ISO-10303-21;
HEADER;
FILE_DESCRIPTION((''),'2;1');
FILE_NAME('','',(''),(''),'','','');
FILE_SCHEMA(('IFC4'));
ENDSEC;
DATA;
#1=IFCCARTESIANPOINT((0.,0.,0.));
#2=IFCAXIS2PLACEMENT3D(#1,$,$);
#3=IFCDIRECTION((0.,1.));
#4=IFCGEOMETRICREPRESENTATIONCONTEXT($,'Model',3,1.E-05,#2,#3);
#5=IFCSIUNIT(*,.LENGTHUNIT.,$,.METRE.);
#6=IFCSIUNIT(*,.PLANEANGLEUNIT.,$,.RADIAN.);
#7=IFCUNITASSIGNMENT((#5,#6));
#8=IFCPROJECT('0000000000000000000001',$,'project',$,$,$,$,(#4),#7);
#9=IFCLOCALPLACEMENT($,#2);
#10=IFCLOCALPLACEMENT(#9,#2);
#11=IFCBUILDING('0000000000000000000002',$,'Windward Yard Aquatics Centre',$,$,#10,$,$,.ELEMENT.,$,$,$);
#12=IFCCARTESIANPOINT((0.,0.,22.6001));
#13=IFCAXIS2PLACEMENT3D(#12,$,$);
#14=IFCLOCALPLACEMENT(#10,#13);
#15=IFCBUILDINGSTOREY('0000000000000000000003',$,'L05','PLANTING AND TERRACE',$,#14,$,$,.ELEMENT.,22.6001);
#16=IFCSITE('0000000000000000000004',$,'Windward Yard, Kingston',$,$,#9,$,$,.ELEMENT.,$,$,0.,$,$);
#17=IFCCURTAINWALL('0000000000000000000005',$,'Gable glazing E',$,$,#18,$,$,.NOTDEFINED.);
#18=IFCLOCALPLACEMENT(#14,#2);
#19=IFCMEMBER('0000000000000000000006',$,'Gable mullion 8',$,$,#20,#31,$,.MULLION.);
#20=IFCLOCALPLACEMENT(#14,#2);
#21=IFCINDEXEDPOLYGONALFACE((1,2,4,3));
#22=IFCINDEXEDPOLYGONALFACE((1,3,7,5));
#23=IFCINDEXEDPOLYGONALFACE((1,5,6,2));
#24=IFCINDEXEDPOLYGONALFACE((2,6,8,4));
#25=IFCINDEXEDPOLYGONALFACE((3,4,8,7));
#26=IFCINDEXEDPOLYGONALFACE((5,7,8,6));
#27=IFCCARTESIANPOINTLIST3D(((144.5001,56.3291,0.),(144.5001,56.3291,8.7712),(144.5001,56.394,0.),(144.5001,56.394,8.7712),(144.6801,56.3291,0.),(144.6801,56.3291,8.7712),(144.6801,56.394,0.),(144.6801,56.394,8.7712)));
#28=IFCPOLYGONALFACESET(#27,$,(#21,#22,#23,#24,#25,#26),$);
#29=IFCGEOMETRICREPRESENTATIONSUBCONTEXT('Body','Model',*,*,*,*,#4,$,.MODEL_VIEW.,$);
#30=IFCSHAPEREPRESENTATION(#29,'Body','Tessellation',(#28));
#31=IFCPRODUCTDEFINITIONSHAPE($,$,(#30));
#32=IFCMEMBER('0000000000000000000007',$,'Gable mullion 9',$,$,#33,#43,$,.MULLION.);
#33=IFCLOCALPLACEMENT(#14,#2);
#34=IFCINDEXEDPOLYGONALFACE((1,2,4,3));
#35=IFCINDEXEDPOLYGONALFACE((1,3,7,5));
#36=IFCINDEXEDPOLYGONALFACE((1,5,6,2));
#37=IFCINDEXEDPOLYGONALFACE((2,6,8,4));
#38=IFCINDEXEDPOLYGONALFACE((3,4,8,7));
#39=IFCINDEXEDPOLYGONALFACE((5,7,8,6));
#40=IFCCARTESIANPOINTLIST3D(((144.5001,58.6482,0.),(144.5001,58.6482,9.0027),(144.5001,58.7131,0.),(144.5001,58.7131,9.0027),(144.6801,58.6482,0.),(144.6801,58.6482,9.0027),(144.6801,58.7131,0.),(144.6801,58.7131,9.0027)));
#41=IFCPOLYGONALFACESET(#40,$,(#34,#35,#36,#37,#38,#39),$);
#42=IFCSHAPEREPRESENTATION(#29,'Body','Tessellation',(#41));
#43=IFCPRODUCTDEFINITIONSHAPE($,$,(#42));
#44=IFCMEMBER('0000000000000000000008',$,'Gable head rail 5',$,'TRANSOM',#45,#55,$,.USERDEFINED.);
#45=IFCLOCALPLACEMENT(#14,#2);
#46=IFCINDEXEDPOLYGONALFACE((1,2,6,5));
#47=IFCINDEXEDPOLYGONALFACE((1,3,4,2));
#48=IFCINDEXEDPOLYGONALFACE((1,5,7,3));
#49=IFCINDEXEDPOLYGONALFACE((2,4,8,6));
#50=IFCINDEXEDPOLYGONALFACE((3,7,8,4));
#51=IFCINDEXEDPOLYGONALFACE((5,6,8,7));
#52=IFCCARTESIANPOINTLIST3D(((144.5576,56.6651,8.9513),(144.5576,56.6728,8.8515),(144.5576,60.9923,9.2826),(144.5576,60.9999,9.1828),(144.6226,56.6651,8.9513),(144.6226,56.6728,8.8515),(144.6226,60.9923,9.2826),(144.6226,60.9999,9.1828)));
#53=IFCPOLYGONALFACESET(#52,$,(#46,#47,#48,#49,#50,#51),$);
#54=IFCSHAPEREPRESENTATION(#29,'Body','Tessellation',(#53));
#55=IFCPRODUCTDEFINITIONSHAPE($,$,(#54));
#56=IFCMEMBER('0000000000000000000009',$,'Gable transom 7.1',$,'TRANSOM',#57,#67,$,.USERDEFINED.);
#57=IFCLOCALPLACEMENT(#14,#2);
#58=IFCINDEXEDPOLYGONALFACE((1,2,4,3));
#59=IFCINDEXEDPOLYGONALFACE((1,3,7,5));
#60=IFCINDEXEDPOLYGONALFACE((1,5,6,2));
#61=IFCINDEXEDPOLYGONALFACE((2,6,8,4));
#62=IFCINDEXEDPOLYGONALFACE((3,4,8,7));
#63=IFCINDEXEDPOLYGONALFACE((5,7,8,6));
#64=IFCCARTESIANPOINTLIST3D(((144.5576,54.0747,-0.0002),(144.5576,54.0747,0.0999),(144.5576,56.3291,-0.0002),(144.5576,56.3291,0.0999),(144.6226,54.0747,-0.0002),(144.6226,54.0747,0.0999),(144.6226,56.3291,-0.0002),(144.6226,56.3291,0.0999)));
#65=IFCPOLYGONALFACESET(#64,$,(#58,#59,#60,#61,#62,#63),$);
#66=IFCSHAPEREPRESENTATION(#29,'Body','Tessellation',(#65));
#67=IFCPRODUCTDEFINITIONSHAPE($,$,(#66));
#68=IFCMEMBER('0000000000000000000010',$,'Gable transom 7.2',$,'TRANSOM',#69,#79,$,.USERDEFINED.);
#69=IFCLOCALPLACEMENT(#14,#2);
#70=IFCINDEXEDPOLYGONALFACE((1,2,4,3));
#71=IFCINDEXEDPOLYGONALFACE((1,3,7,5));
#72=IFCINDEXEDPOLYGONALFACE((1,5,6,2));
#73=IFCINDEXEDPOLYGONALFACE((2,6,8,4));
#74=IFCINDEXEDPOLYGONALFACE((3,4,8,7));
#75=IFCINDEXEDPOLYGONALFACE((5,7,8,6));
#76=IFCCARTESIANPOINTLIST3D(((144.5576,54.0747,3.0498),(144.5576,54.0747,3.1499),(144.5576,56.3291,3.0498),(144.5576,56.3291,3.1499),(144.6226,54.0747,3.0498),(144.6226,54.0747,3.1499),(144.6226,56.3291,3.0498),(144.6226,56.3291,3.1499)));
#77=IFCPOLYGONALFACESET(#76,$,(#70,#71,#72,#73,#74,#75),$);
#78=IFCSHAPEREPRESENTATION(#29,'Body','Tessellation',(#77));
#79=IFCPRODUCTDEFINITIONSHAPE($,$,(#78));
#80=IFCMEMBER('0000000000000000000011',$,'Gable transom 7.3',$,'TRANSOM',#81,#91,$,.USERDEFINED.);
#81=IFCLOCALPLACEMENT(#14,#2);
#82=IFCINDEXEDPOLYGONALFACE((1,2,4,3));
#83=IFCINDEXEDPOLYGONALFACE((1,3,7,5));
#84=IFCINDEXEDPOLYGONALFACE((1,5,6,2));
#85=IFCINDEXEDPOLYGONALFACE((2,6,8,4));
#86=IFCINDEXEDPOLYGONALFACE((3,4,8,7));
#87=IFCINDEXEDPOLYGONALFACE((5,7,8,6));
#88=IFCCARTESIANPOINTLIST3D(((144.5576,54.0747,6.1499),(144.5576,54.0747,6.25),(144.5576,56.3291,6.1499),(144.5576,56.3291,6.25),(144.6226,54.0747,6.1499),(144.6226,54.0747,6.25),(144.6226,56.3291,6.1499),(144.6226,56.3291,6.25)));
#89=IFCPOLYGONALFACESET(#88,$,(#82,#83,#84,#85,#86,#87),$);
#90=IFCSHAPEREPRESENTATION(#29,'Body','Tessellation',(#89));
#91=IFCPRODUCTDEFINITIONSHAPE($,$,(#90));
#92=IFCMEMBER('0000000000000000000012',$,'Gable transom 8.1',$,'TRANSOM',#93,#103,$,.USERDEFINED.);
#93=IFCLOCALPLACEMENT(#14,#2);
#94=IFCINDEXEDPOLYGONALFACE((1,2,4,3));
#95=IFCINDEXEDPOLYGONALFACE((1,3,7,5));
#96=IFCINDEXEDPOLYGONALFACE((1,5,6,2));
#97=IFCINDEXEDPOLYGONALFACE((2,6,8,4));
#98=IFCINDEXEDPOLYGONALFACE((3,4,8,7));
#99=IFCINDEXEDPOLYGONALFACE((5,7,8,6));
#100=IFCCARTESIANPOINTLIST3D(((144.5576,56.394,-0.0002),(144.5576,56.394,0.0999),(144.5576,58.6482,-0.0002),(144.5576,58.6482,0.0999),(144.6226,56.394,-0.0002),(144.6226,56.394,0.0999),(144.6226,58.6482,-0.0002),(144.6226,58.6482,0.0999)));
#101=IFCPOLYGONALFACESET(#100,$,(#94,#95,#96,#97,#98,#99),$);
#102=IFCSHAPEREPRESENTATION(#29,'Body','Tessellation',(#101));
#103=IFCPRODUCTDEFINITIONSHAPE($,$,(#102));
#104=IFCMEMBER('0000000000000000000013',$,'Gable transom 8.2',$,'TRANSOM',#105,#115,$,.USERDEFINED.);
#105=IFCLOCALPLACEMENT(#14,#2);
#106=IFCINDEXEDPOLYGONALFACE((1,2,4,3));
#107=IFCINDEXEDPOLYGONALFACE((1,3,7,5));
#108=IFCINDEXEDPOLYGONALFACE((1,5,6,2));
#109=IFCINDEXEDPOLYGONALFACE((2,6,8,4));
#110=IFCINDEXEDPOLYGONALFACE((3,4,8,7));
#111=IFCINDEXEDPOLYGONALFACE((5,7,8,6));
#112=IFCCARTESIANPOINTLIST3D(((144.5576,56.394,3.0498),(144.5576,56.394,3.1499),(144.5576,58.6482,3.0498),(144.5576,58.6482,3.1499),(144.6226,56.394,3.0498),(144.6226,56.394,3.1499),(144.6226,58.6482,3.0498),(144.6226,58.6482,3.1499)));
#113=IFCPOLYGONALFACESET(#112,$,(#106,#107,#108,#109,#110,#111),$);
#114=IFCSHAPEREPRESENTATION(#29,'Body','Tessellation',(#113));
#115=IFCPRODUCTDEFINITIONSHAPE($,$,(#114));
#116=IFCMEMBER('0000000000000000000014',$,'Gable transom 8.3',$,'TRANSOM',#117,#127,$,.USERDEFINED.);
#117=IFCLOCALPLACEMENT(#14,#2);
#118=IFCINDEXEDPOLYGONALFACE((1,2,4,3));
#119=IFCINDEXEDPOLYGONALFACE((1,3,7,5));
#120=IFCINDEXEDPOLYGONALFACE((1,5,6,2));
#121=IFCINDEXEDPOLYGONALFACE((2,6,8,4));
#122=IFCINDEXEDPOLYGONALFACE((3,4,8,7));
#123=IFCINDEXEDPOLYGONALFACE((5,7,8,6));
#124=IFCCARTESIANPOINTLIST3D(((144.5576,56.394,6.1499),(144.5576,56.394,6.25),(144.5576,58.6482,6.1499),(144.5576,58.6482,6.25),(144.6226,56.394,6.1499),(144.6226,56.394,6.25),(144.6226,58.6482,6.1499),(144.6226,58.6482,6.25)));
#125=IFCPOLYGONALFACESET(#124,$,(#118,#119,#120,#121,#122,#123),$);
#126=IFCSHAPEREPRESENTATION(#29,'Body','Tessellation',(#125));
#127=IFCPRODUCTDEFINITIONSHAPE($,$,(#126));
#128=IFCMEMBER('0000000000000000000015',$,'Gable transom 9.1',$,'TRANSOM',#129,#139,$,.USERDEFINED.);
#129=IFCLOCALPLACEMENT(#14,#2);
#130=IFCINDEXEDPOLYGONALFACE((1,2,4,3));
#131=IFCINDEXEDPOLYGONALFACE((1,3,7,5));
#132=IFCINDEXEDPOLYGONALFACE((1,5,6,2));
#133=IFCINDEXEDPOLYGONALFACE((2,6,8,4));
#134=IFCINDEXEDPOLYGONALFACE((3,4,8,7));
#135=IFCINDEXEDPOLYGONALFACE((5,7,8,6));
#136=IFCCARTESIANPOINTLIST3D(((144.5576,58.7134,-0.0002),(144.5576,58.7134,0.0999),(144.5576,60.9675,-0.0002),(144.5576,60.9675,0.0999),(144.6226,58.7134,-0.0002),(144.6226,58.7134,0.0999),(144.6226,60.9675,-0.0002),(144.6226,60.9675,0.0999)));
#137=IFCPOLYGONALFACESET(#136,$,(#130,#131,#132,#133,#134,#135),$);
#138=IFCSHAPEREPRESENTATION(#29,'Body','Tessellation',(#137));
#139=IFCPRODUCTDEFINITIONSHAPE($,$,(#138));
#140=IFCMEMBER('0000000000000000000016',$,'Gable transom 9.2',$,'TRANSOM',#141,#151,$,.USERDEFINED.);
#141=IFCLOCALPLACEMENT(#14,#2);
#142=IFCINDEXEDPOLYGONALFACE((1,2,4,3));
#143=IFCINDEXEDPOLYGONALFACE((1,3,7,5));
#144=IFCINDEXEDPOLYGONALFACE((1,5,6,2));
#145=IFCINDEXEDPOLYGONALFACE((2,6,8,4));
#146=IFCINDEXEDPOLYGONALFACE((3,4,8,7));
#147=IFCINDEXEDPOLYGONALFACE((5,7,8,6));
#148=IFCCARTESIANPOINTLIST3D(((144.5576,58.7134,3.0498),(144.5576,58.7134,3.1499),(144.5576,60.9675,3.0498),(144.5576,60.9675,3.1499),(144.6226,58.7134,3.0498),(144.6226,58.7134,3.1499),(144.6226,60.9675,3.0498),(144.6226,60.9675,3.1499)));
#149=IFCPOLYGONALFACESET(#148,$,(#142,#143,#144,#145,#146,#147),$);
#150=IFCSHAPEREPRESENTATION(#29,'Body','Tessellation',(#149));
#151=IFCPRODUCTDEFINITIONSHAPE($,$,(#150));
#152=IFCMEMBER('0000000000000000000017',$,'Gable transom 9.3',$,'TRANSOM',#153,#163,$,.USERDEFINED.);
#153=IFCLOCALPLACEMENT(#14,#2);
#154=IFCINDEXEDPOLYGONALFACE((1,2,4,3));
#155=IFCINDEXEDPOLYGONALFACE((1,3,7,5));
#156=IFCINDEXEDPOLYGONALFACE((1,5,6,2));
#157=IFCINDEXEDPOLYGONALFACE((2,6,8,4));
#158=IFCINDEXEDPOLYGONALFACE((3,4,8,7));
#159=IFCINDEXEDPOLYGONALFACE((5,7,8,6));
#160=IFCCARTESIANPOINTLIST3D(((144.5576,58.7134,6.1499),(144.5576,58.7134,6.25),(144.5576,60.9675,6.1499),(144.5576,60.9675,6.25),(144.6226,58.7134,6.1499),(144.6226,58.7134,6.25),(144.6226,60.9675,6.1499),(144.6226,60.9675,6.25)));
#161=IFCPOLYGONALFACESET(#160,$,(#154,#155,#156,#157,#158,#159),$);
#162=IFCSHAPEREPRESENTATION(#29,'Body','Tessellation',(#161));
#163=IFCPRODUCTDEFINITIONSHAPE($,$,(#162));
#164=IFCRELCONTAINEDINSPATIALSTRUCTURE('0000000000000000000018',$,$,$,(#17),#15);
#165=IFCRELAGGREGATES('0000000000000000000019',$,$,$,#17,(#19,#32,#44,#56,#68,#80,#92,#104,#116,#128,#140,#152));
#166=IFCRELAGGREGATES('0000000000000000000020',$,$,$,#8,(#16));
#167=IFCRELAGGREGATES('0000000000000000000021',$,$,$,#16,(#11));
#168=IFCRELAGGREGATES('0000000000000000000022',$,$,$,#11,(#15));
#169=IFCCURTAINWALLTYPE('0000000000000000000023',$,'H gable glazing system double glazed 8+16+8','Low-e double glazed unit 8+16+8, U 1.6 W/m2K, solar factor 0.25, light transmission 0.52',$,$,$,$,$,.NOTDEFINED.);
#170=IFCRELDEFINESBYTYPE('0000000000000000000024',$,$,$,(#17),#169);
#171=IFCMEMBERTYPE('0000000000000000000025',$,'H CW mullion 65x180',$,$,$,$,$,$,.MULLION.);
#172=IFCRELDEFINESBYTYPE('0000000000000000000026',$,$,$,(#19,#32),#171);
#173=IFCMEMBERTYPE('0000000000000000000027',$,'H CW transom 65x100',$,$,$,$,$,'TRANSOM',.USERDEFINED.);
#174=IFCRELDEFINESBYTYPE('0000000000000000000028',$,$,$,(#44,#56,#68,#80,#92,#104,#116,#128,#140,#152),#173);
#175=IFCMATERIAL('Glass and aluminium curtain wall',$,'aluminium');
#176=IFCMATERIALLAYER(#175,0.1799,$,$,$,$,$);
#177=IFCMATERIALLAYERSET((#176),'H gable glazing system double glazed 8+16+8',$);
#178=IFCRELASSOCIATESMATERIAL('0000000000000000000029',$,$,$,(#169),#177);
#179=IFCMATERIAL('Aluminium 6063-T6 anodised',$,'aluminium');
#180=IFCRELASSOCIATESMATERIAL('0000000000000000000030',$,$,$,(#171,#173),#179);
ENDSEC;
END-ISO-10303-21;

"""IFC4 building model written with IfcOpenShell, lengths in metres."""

from ifc_helpers import new_model, si_unit, direction, frame, origin, origin_2d, place, context, subcontext, project, spatial, rectangle, extrude, material, layer, layer_set, material_profile, profile_set, type_object, element, aggregate, save


model = new_model("IFC4")

# Units and contexts
model_context = context("Model", 3, precision=1e-05, world=origin(), true_north=direction((0.0, 1.0)))
body_context = subcontext(model_context, "Body", "Model", "MODEL_VIEW")
ifc_project = project(units=[si_unit("LENGTHUNIT", "METRE"), si_unit("PLANEANGLEUNIT", "RADIAN")], contexts=[model_context])

# Site, building, storey
site_placement = place(None, origin())
site = spatial("IfcSite", under=ifc_project, at=site_placement, Name="Windward Yard, Kingston", CompositionType="ELEMENT", RefElevation=0.0)
building_placement = place(site_placement, origin())
building = spatial("IfcBuilding", under=site, at=building_placement, Name="Windward Yard Aquatics Centre", CompositionType="ELEMENT")
storey_placement = place(building_placement, frame((0.0, 0.0, 22.6001)))
storey = spatial("IfcBuildingStorey", under=building, at=storey_placement, Name="L05", Description="PLANTING AND TERRACE", CompositionType="ELEMENT", Elevation=22.6001)

# Curtain wall, members
ifc_material_1 = material(Name="Glass and aluminium curtain wall", Category="aluminium")
ifc_layer_1 = layer(ifc_material_1, 0.1799)
ifc_layer_set_1 = layer_set([ifc_layer_1], Name="H gable glazing system double glazed 8+16+8")
curtain_wall_type = type_object("IfcCurtainWallType", Name="H gable glazing system double glazed 8+16+8", Description="Low-e double glazed unit 8+16+8, U 1.6 W/m2K, solar factor 0.25, light transmission 0.52", PredefinedType="NOTDEFINED", material=ifc_layer_set_1)
curtain_wall_placement = place(storey_placement, origin())
curtain_wall = element("IfcCurtainWall", 1, at=curtain_wall_placement, inside=storey, type_object=curtain_wall_type, Name="Gable glazing E", PredefinedType="NOTDEFINED")
ifc_material_2 = material(Name="Aluminium 6063-T6 anodised", Category="aluminium")
ifc_material_profile_1 = material_profile(ifc_material_2, rectangle(XDim=0.0649, YDim=0.1799, at=origin_2d()), Name="H CW mullion 65x180")
ifc_profile_set_1 = profile_set([ifc_material_profile_1], Name="Aluminium 6063-T6 anodised")
member_type_1 = type_object("IfcMemberType", Name="H CW mullion 65x180", PredefinedType="MULLION", material=ifc_profile_set_1)
member_1_placement = place(storey_placement, frame((144.5901, 56.3616, 0.0), z_axis=(0.0, 0.0, 1.0), x_axis=(0.0, 1.0, 0.0)))
member_1 = element("IfcMember", 2, at=member_1_placement, type_object=member_type_1, Name="Gable mullion 8", PredefinedType="MULLION", context=body_context, shape_type="SweptSolid", body=[
    extrude(rectangle(XDim=0.0649, YDim=0.1799, at=origin_2d()), origin(), (0.0, 0.0, 1.0), 8.7712),
])
member_2_placement = place(storey_placement, frame((144.5901, 58.6807, 0.0), z_axis=(0.0, 0.0, 1.0), x_axis=(0.0, 1.0, 0.0)))
member_2 = element("IfcMember", 3, at=member_2_placement, type_object=member_type_1, Name="Gable mullion 9", PredefinedType="MULLION", context=body_context, shape_type="SweptSolid", body=[
    extrude(rectangle(XDim=0.0649, YDim=0.1799, at=origin_2d()), origin(), (0.0, 0.0, 1.0), 9.0027),
])
ifc_material_profile_2 = material_profile(ifc_material_2, rectangle(XDim=0.0649, YDim=0.1001, at=origin_2d()), Name="H CW transom 65x100")
ifc_profile_set_2 = profile_set([ifc_material_profile_2], Name="Aluminium 6063-T6 anodised")
member_type_2 = type_object("IfcMemberType", Name="H CW transom 65x100", ElementType="TRANSOM", PredefinedType="USERDEFINED", material=ifc_profile_set_2)
member_3_placement = place(storey_placement, frame((144.5901, 56.6689, 8.9014), z_axis=(0.0, 0.997082, 0.076339), x_axis=(-1.0, 0.0, 0.0)))
member_3 = element("IfcMember", 4, at=member_3_placement, type_object=member_type_2, Name="Gable head rail 5", ObjectType="TRANSOM", PredefinedType="USERDEFINED", context=body_context, shape_type="SweptSolid", body=[
    extrude(rectangle(XDim=0.0649, YDim=0.1001, at=origin_2d()), origin(), (0.0, 0.0, 1.0), 4.3398),
])
member_4_placement = place(storey_placement, frame((144.5901, 54.0747, 0.0498), z_axis=(0.0, 1.0, 0.0), x_axis=(-1.0, 0.0, 0.0)))
member_4 = element("IfcMember", 5, at=member_4_placement, type_object=member_type_2, Name="Gable transom 7.1", ObjectType="TRANSOM", PredefinedType="USERDEFINED", context=body_context, shape_type="SweptSolid", body=[
    extrude(rectangle(XDim=0.0649, YDim=0.1001, at=origin_2d()), origin(), (0.0, 0.0, 1.0), 2.2544),
])
member_5_placement = place(storey_placement, frame((144.5901, 54.0747, 3.0999), z_axis=(0.0, 1.0, 0.0), x_axis=(-1.0, 0.0, 0.0)))
member_5 = element("IfcMember", 6, at=member_5_placement, type_object=member_type_2, Name="Gable transom 7.2", ObjectType="TRANSOM", PredefinedType="USERDEFINED", context=body_context, shape_type="SweptSolid", body=[
    extrude(rectangle(XDim=0.0649, YDim=0.1001, at=origin_2d()), origin(), (0.0, 0.0, 1.0), 2.2544),
])
member_6_placement = place(storey_placement, frame((144.5901, 54.0747, 6.2), z_axis=(0.0, 1.0, 0.0), x_axis=(-1.0, 0.0, 0.0)))
member_6 = element("IfcMember", 7, at=member_6_placement, type_object=member_type_2, Name="Gable transom 7.3", ObjectType="TRANSOM", PredefinedType="USERDEFINED", context=body_context, shape_type="SweptSolid", body=[
    extrude(rectangle(XDim=0.0649, YDim=0.1001, at=origin_2d()), origin(), (0.0, 0.0, 1.0), 2.2544),
])
member_7_placement = place(storey_placement, frame((144.5901, 56.394, 0.0498), z_axis=(0.0, 1.0, 0.0), x_axis=(-1.0, 0.0, 0.0)))
member_7 = element("IfcMember", 8, at=member_7_placement, type_object=member_type_2, Name="Gable transom 8.1", ObjectType="TRANSOM", PredefinedType="USERDEFINED", context=body_context, shape_type="SweptSolid", body=[
    extrude(rectangle(XDim=0.0649, YDim=0.1001, at=origin_2d()), origin(), (0.0, 0.0, 1.0), 2.2542),
])
member_8_placement = place(storey_placement, frame((144.5901, 56.394, 3.0999), z_axis=(0.0, 1.0, 0.0), x_axis=(-1.0, 0.0, 0.0)))
member_8 = element("IfcMember", 9, at=member_8_placement, type_object=member_type_2, Name="Gable transom 8.2", ObjectType="TRANSOM", PredefinedType="USERDEFINED", context=body_context, shape_type="SweptSolid", body=[
    extrude(rectangle(XDim=0.0649, YDim=0.1001, at=origin_2d()), origin(), (0.0, 0.0, 1.0), 2.2542),
])
member_9_placement = place(storey_placement, frame((144.5901, 56.394, 6.2), z_axis=(0.0, 1.0, 0.0), x_axis=(-1.0, 0.0, 0.0)))
member_9 = element("IfcMember", 10, at=member_9_placement, type_object=member_type_2, Name="Gable transom 8.3", ObjectType="TRANSOM", PredefinedType="USERDEFINED", context=body_context, shape_type="SweptSolid", body=[
    extrude(rectangle(XDim=0.0649, YDim=0.1001, at=origin_2d()), origin(), (0.0, 0.0, 1.0), 2.2542),
])
member_10_placement = place(storey_placement, frame((144.5901, 58.7134, 0.0498), z_axis=(0.0, 1.0, 0.0), x_axis=(-1.0, 0.0, 0.0)))
member_10 = element("IfcMember", 11, at=member_10_placement, type_object=member_type_2, Name="Gable transom 9.1", ObjectType="TRANSOM", PredefinedType="USERDEFINED", context=body_context, shape_type="SweptSolid", body=[
    extrude(rectangle(XDim=0.0649, YDim=0.1001, at=origin_2d()), origin(), (0.0, 0.0, 1.0), 2.2542),
])
member_11_placement = place(storey_placement, frame((144.5901, 58.7134, 3.0999), z_axis=(0.0, 1.0, 0.0), x_axis=(-1.0, 0.0, 0.0)))
member_11 = element("IfcMember", 12, at=member_11_placement, type_object=member_type_2, Name="Gable transom 9.2", ObjectType="TRANSOM", PredefinedType="USERDEFINED", context=body_context, shape_type="SweptSolid", body=[
    extrude(rectangle(XDim=0.0649, YDim=0.1001, at=origin_2d()), origin(), (0.0, 0.0, 1.0), 2.2542),
])
member_12_placement = place(storey_placement, frame((144.5901, 58.7134, 6.2), z_axis=(0.0, 1.0, 0.0), x_axis=(-1.0, 0.0, 0.0)))
member_12 = element("IfcMember", 13, at=member_12_placement, type_object=member_type_2, Name="Gable transom 9.3", ObjectType="TRANSOM", PredefinedType="USERDEFINED", context=body_context, shape_type="SweptSolid", body=[
    extrude(rectangle(XDim=0.0649, YDim=0.1001, at=origin_2d()), origin(), (0.0, 0.0, 1.0), 2.2542),
])

aggregate(curtain_wall, [member_1, member_2, member_3, member_4, member_5, member_6, member_7, member_8, member_9, member_10, member_11, member_12])

save(model, "model.ifc")
